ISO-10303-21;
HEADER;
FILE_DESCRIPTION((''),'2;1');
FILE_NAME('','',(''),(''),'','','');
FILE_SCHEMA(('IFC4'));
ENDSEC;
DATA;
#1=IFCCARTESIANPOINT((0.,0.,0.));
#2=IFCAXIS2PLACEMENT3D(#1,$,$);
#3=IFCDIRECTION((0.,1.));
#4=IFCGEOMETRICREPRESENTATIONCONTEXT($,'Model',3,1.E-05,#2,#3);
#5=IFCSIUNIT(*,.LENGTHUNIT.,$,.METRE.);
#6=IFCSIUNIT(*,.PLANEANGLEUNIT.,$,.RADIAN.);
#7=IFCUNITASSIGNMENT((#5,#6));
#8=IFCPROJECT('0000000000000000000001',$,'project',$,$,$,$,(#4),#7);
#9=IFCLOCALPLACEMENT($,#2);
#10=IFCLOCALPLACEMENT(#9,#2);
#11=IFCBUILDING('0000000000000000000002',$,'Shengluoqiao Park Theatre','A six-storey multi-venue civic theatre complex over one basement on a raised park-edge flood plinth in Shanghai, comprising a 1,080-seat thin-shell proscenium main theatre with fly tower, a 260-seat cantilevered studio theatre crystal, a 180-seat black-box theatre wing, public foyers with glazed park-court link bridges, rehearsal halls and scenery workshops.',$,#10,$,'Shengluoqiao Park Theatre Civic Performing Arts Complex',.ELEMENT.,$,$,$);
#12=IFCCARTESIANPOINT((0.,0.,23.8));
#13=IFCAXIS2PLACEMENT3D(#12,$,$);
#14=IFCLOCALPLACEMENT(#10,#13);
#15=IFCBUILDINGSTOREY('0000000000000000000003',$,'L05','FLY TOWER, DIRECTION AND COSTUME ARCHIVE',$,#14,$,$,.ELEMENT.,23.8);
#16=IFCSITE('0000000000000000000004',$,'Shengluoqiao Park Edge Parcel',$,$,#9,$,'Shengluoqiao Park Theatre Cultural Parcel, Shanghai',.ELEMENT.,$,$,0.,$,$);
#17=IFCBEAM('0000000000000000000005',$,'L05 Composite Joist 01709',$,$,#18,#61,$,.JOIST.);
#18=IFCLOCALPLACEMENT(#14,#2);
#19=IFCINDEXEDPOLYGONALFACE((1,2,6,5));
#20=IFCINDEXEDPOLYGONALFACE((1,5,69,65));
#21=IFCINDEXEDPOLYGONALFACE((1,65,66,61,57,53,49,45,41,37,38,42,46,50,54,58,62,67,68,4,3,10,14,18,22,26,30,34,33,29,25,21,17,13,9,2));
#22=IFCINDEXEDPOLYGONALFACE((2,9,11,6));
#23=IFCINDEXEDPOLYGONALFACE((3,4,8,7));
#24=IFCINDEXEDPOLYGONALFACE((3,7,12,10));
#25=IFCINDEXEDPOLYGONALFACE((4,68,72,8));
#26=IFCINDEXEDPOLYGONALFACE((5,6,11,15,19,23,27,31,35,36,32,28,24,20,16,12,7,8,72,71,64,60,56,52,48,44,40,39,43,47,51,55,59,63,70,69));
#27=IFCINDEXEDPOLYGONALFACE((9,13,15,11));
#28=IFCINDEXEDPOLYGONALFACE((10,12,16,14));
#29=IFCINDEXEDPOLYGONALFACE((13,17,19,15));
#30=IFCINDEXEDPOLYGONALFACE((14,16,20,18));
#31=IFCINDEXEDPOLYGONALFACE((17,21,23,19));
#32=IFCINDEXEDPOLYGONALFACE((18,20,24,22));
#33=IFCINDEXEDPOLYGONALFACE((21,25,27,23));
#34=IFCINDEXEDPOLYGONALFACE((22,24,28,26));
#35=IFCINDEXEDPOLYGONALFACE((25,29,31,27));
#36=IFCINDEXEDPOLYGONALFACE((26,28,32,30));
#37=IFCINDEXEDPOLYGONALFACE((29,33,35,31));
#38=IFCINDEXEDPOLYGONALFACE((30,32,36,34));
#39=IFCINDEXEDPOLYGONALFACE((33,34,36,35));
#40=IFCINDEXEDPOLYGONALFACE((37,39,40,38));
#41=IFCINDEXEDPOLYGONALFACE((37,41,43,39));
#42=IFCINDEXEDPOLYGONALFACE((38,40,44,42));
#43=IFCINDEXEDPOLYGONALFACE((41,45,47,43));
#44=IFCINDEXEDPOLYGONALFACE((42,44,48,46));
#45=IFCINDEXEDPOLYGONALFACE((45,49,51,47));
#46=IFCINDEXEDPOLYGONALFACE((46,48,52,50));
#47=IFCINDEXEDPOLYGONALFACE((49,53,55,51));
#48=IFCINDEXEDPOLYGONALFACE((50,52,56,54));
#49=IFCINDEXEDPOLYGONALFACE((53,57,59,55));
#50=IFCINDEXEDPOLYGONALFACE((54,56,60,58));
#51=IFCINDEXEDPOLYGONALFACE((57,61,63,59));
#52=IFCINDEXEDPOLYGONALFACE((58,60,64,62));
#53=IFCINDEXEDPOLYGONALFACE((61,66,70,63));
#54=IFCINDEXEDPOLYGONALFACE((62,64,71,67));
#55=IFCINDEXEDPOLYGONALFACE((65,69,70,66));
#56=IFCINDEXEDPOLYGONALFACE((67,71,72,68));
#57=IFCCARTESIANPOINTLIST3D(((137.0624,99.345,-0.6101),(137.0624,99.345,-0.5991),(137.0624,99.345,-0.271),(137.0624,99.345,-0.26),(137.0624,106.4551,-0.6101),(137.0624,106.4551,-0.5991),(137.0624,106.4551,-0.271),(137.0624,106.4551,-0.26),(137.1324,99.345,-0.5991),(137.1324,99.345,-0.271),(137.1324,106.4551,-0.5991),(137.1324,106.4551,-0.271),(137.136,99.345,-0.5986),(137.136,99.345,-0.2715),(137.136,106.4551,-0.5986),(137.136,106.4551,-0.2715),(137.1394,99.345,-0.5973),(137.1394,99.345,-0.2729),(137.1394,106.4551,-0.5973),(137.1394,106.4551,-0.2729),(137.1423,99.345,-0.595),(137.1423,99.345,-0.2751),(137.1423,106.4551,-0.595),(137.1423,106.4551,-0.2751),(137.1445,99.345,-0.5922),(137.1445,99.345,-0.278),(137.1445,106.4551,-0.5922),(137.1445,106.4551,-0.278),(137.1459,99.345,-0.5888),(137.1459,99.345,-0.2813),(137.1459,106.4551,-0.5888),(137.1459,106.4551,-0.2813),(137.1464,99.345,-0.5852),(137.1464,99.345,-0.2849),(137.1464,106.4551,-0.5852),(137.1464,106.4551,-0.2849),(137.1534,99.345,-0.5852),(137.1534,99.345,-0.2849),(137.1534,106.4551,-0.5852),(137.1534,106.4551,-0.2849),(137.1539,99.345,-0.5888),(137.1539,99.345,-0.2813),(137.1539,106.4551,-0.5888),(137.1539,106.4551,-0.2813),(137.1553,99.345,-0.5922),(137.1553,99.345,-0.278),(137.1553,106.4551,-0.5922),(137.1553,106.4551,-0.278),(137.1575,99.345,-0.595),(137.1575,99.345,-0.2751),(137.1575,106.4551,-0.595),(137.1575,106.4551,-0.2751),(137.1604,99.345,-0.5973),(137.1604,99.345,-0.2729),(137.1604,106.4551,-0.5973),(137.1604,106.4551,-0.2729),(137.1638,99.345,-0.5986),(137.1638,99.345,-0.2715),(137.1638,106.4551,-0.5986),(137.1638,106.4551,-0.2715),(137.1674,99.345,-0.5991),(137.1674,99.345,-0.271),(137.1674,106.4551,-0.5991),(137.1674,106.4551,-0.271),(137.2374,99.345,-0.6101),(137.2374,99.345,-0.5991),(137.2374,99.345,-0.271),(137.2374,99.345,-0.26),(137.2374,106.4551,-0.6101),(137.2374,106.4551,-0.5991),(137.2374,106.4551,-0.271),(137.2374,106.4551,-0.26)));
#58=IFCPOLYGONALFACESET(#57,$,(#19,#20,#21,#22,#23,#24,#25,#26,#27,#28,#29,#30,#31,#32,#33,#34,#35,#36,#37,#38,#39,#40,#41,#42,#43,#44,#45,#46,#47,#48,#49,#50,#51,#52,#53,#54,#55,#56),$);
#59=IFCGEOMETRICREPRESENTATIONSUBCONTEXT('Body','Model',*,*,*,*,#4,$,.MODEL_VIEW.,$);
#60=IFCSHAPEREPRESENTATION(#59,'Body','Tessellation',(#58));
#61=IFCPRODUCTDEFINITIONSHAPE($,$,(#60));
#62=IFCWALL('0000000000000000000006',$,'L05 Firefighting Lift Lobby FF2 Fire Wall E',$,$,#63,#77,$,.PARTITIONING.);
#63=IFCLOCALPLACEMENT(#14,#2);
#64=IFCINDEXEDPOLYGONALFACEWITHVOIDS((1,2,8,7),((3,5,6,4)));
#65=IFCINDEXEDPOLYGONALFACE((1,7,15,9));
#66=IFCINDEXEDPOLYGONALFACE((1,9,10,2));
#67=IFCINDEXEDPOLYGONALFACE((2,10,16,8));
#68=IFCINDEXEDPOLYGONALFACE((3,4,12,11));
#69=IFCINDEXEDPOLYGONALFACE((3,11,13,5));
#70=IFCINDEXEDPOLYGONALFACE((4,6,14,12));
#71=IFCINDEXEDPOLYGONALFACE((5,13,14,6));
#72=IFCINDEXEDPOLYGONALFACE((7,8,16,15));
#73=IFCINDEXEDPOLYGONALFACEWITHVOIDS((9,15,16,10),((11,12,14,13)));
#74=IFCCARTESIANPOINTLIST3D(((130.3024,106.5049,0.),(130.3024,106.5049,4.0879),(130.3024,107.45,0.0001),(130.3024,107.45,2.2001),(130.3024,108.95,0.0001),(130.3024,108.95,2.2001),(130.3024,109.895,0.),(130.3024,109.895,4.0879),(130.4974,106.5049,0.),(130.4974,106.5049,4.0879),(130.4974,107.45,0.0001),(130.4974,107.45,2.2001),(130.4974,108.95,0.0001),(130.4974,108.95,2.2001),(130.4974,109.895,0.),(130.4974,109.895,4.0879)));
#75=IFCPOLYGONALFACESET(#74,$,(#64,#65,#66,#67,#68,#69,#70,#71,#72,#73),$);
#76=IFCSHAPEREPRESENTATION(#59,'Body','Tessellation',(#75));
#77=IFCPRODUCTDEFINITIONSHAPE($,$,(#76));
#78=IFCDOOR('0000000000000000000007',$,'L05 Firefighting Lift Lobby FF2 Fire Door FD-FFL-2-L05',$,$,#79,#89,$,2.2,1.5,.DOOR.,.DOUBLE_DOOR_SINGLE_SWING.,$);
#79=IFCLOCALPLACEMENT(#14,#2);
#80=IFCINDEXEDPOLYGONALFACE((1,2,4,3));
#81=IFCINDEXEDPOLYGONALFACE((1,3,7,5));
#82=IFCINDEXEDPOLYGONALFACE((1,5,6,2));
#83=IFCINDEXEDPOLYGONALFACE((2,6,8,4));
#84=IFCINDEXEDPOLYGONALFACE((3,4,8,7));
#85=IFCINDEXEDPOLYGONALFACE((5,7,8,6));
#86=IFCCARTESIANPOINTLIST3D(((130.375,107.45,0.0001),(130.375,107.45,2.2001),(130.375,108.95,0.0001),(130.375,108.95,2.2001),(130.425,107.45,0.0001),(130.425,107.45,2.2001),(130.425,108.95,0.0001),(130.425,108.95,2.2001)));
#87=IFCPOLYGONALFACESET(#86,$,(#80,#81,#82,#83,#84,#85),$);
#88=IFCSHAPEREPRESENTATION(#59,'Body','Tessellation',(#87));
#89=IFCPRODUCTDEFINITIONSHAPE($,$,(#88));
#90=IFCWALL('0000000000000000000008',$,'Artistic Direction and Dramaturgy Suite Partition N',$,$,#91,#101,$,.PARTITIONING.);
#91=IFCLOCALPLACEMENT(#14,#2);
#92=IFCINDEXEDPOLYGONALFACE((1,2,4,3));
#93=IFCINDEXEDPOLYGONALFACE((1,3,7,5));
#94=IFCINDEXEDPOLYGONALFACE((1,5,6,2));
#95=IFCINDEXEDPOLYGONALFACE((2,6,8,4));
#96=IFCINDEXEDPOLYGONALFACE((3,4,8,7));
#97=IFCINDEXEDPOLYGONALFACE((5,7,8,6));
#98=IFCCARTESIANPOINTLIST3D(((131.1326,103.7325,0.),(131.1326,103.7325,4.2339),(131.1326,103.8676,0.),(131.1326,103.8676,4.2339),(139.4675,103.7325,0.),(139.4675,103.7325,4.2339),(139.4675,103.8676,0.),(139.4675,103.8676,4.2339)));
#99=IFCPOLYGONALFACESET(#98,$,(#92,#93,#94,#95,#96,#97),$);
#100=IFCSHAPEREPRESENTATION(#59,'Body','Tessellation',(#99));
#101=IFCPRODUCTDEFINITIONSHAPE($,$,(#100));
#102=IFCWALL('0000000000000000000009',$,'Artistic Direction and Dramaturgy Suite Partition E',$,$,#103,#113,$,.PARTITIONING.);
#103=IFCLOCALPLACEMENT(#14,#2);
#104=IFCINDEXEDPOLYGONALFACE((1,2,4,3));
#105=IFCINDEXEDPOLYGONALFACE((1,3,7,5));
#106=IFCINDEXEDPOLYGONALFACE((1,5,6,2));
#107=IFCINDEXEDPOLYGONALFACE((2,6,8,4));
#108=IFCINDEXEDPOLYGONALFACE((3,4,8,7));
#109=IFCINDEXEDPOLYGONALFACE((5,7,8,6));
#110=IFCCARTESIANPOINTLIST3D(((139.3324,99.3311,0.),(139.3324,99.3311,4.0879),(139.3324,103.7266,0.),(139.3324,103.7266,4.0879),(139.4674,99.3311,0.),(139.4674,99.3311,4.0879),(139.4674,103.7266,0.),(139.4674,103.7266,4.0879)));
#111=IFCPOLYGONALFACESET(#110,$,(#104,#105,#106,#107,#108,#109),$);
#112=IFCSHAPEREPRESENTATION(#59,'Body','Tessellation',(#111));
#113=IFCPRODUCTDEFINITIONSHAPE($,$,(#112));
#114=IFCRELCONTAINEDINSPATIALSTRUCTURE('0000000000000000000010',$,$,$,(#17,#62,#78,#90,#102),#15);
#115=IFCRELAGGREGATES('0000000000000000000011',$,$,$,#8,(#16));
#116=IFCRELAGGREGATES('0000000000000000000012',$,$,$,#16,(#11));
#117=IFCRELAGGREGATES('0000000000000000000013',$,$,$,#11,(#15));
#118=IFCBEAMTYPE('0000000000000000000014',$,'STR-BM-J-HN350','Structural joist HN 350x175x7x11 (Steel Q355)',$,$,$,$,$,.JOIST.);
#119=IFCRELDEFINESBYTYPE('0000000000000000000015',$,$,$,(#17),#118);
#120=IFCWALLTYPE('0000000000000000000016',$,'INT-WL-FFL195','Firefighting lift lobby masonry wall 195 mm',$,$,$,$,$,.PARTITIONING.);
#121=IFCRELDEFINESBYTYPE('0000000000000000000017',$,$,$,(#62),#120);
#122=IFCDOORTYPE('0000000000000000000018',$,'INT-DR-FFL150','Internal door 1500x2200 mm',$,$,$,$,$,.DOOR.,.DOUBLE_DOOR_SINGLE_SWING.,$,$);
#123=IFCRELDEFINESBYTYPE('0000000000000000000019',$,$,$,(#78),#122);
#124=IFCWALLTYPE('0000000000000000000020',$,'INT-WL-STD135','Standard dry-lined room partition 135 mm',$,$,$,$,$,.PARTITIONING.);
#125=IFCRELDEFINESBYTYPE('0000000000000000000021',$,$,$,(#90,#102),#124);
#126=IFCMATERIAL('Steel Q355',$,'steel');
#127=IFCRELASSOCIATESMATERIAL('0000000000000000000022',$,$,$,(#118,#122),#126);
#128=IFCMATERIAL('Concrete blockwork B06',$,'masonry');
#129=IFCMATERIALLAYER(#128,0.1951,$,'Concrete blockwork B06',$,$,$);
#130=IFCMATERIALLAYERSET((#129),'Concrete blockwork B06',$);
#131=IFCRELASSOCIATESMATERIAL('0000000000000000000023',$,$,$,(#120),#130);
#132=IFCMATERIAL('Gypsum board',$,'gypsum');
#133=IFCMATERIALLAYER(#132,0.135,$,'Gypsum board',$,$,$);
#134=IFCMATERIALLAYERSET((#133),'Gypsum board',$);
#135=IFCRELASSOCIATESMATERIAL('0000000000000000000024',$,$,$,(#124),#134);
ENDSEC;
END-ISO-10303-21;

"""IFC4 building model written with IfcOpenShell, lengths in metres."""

from ifc_helpers import new_model, si_unit, direction, frame, frame_2d, origin, origin_2d, place, context, subcontext, project, spatial, rectangle, i_section, extrude, material, layer, layer_set, material_profile, profile_set, type_object, element, fill, save


model = new_model("IFC4")

# Units and contexts
model_context = context("Model", 3, precision=1e-05, world=origin(), true_north=direction((0.0, 1.0)))
body_context = subcontext(model_context, "Body", "Model", "MODEL_VIEW")
ifc_project = project(units=[si_unit("LENGTHUNIT", "METRE"), si_unit("PLANEANGLEUNIT", "RADIAN")], contexts=[model_context])

# Site, building, storey
site_placement = place(None, origin())
site = spatial("IfcSite", under=ifc_project, at=site_placement, Name="Shengluoqiao Park Edge Parcel", LongName="Shengluoqiao Park Theatre Cultural Parcel, Shanghai", CompositionType="ELEMENT", RefElevation=0.0)
building_placement = place(site_placement, origin())
building = spatial("IfcBuilding", under=site, at=building_placement, Name="Shengluoqiao Park Theatre", Description="A six-storey multi-venue civic theatre complex over one basement on a raised park-edge flood plinth in Shanghai, comprising a 1,080-seat thin-shell proscenium main theatre with fly tower, a 260-seat cantilevered studio theatre crystal, a 180-seat black-box theatre wing, public foyers with glazed park-court link bridges, rehearsal halls and scenery workshops.", LongName="Shengluoqiao Park Theatre Civic Performing Arts Complex", CompositionType="ELEMENT")
storey_placement = place(building_placement, frame((0.0, 0.0, 23.8)))
storey = spatial("IfcBuildingStorey", under=building, at=storey_placement, Name="L05", Description="FLY TOWER, DIRECTION AND COSTUME ARCHIVE", CompositionType="ELEMENT", Elevation=23.8)

# Shared definitions
ifc_material_1 = material(Name="Steel Q355", Category="steel")

# Beam
ifc_material_profile_1 = material_profile(ifc_material_1, i_section(OverallWidth=0.175, OverallDepth=0.3501, WebThickness=0.0071, FlangeThickness=0.011, FilletRadius=0.0139, at=origin_2d()), Name="HN 350x175x7x11")
ifc_profile_set_1 = profile_set([ifc_material_profile_1], Name="Steel Q355")
beam_type_1 = type_object("IfcBeamType", Name="STR-BM-J-HN350", Description="Structural joist HN 350x175x7x11 (Steel Q355)", PredefinedType="JOIST", material=ifc_profile_set_1)
for number, where, z_axis, x_axis, name in (
    (1, (137.1499, 99.345, -0.4351), (0.0, 1.0, 0.0), (-1.0, 0.0, 0.0), "L05 Composite Joist 01709"),
):
    element("IfcBeam", number, at=place(storey_placement, frame(where, z_axis=z_axis, x_axis=x_axis)), inside=storey, type_object=beam_type_1, Name=name, PredefinedType="JOIST", context=body_context, shape_type="SweptSolid", body=[
        extrude(i_section(OverallWidth=0.175, OverallDepth=0.3501, WebThickness=0.0071, FlangeThickness=0.011, FilletRadius=0.0139, at=origin_2d()), origin(), (0.0, 0.0, 1.0), 7.1101),
    ])

# Wall, opening, door
ifc_material_2 = material(Name="Concrete blockwork B06", Category="masonry")
ifc_layer_1 = layer(ifc_material_2, 0.1951, Name="Concrete blockwork B06")
ifc_layer_set_1 = layer_set([ifc_layer_1], Name="Concrete blockwork B06")
wall_type_1 = type_object("IfcWallType", Name="INT-WL-FFL195", Description="Firefighting lift lobby masonry wall 195 mm", PredefinedType="PARTITIONING", material=ifc_layer_set_1)
wall_1_placement = place(storey_placement, frame((130.3999, 106.5049, 0.0), z_axis=(0.0, 0.0, 1.0), x_axis=(0.0, 1.0, 0.0)))
wall_1 = element("IfcWall", 2, at=wall_1_placement, inside=storey, type_object=wall_type_1, Name="L05 Firefighting Lift Lobby FF2 Fire Wall E", PredefinedType="PARTITIONING", context=body_context, shape_type="SweptSolid", body=[
    extrude(rectangle(XDim=3.3901, YDim=0.1951, at=frame_2d((1.6951, 0.0))), origin(), (0.0, 0.0, 1.0), 4.0879),
])
opening_placement = place(wall_1_placement, frame((0.9451, 0.0, 0.0)))
opening = element("IfcOpeningElement", 3, at=opening_placement, cuts=wall_1, PredefinedType="OPENING", context=body_context, shape_type="SweptSolid", body=[
    extrude(rectangle(XDim=1.5, YDim=2.2, at=frame_2d((0.75, 1.1001))), frame((0.0, 0.1074, 0.0), z_axis=(0.0, -1.0, 0.0), x_axis=(1.0, 0.0, 0.0)), (0.0, 0.0, 1.0), 0.2151),
])
door_type = type_object("IfcDoorType", Name="INT-DR-FFL150", Description="Internal door 1500x2200 mm", OperationType="DOUBLE_DOOR_SINGLE_SWING", PredefinedType="DOOR", material=ifc_material_1)
door_placement = place(opening_placement, origin())
door = element("IfcDoor", 4, at=door_placement, inside=storey, type_object=door_type, Name="L05 Firefighting Lift Lobby FF2 Fire Door FD-FFL-2-L05", OperationType="DOUBLE_DOOR_SINGLE_SWING", OverallHeight=2.2, OverallWidth=1.5, PredefinedType="DOOR", context=body_context, shape_type="SweptSolid", body=[
    extrude(rectangle(XDim=1.5, YDim=2.2, at=frame_2d((0.75, 1.1001))), frame((0.0, 0.0249, 0.0), z_axis=(0.0, -1.0, 0.0), x_axis=(1.0, 0.0, 0.0)), (0.0, 0.0, 1.0), 0.05),
])
fill(opening, door)

# Walls
ifc_material_3 = material(Name="Gypsum board", Category="gypsum")
ifc_layer_2 = layer(ifc_material_3, 0.135, Name="Gypsum board")
ifc_layer_set_2 = layer_set([ifc_layer_2], Name="Gypsum board")
wall_type_2 = type_object("IfcWallType", Name="INT-WL-STD135", Description="Standard dry-lined room partition 135 mm", PredefinedType="PARTITIONING", material=ifc_layer_set_2)
wall_2_placement = place(storey_placement, frame((131.1326, 103.8, 0.0), z_axis=(0.0, 0.0, 1.0), x_axis=(1.0, 0.0, 0.0)))
element("IfcWall", 5, at=wall_2_placement, inside=storey, type_object=wall_type_2, Name="Artistic Direction and Dramaturgy Suite Partition N", PredefinedType="PARTITIONING", context=body_context, shape_type="SweptSolid", body=[
    extrude(rectangle(XDim=8.335, YDim=0.135, at=frame_2d((4.1675, 0.0))), origin(), (0.0, 0.0, 1.0), 4.2339),
])
wall_3_placement = place(storey_placement, frame((139.3999, 99.3311, 0.0), z_axis=(0.0, 0.0, 1.0), x_axis=(0.0, 1.0, 0.0)))
element("IfcWall", 6, at=wall_3_placement, inside=storey, type_object=wall_type_2, Name="Artistic Direction and Dramaturgy Suite Partition E", PredefinedType="PARTITIONING", context=body_context, shape_type="SweptSolid", body=[
    extrude(rectangle(XDim=4.3955, YDim=0.135, at=frame_2d((2.1978, 0.0))), origin(), (0.0, 0.0, 1.0), 4.0879),
])

save(model, "model.ifc")
